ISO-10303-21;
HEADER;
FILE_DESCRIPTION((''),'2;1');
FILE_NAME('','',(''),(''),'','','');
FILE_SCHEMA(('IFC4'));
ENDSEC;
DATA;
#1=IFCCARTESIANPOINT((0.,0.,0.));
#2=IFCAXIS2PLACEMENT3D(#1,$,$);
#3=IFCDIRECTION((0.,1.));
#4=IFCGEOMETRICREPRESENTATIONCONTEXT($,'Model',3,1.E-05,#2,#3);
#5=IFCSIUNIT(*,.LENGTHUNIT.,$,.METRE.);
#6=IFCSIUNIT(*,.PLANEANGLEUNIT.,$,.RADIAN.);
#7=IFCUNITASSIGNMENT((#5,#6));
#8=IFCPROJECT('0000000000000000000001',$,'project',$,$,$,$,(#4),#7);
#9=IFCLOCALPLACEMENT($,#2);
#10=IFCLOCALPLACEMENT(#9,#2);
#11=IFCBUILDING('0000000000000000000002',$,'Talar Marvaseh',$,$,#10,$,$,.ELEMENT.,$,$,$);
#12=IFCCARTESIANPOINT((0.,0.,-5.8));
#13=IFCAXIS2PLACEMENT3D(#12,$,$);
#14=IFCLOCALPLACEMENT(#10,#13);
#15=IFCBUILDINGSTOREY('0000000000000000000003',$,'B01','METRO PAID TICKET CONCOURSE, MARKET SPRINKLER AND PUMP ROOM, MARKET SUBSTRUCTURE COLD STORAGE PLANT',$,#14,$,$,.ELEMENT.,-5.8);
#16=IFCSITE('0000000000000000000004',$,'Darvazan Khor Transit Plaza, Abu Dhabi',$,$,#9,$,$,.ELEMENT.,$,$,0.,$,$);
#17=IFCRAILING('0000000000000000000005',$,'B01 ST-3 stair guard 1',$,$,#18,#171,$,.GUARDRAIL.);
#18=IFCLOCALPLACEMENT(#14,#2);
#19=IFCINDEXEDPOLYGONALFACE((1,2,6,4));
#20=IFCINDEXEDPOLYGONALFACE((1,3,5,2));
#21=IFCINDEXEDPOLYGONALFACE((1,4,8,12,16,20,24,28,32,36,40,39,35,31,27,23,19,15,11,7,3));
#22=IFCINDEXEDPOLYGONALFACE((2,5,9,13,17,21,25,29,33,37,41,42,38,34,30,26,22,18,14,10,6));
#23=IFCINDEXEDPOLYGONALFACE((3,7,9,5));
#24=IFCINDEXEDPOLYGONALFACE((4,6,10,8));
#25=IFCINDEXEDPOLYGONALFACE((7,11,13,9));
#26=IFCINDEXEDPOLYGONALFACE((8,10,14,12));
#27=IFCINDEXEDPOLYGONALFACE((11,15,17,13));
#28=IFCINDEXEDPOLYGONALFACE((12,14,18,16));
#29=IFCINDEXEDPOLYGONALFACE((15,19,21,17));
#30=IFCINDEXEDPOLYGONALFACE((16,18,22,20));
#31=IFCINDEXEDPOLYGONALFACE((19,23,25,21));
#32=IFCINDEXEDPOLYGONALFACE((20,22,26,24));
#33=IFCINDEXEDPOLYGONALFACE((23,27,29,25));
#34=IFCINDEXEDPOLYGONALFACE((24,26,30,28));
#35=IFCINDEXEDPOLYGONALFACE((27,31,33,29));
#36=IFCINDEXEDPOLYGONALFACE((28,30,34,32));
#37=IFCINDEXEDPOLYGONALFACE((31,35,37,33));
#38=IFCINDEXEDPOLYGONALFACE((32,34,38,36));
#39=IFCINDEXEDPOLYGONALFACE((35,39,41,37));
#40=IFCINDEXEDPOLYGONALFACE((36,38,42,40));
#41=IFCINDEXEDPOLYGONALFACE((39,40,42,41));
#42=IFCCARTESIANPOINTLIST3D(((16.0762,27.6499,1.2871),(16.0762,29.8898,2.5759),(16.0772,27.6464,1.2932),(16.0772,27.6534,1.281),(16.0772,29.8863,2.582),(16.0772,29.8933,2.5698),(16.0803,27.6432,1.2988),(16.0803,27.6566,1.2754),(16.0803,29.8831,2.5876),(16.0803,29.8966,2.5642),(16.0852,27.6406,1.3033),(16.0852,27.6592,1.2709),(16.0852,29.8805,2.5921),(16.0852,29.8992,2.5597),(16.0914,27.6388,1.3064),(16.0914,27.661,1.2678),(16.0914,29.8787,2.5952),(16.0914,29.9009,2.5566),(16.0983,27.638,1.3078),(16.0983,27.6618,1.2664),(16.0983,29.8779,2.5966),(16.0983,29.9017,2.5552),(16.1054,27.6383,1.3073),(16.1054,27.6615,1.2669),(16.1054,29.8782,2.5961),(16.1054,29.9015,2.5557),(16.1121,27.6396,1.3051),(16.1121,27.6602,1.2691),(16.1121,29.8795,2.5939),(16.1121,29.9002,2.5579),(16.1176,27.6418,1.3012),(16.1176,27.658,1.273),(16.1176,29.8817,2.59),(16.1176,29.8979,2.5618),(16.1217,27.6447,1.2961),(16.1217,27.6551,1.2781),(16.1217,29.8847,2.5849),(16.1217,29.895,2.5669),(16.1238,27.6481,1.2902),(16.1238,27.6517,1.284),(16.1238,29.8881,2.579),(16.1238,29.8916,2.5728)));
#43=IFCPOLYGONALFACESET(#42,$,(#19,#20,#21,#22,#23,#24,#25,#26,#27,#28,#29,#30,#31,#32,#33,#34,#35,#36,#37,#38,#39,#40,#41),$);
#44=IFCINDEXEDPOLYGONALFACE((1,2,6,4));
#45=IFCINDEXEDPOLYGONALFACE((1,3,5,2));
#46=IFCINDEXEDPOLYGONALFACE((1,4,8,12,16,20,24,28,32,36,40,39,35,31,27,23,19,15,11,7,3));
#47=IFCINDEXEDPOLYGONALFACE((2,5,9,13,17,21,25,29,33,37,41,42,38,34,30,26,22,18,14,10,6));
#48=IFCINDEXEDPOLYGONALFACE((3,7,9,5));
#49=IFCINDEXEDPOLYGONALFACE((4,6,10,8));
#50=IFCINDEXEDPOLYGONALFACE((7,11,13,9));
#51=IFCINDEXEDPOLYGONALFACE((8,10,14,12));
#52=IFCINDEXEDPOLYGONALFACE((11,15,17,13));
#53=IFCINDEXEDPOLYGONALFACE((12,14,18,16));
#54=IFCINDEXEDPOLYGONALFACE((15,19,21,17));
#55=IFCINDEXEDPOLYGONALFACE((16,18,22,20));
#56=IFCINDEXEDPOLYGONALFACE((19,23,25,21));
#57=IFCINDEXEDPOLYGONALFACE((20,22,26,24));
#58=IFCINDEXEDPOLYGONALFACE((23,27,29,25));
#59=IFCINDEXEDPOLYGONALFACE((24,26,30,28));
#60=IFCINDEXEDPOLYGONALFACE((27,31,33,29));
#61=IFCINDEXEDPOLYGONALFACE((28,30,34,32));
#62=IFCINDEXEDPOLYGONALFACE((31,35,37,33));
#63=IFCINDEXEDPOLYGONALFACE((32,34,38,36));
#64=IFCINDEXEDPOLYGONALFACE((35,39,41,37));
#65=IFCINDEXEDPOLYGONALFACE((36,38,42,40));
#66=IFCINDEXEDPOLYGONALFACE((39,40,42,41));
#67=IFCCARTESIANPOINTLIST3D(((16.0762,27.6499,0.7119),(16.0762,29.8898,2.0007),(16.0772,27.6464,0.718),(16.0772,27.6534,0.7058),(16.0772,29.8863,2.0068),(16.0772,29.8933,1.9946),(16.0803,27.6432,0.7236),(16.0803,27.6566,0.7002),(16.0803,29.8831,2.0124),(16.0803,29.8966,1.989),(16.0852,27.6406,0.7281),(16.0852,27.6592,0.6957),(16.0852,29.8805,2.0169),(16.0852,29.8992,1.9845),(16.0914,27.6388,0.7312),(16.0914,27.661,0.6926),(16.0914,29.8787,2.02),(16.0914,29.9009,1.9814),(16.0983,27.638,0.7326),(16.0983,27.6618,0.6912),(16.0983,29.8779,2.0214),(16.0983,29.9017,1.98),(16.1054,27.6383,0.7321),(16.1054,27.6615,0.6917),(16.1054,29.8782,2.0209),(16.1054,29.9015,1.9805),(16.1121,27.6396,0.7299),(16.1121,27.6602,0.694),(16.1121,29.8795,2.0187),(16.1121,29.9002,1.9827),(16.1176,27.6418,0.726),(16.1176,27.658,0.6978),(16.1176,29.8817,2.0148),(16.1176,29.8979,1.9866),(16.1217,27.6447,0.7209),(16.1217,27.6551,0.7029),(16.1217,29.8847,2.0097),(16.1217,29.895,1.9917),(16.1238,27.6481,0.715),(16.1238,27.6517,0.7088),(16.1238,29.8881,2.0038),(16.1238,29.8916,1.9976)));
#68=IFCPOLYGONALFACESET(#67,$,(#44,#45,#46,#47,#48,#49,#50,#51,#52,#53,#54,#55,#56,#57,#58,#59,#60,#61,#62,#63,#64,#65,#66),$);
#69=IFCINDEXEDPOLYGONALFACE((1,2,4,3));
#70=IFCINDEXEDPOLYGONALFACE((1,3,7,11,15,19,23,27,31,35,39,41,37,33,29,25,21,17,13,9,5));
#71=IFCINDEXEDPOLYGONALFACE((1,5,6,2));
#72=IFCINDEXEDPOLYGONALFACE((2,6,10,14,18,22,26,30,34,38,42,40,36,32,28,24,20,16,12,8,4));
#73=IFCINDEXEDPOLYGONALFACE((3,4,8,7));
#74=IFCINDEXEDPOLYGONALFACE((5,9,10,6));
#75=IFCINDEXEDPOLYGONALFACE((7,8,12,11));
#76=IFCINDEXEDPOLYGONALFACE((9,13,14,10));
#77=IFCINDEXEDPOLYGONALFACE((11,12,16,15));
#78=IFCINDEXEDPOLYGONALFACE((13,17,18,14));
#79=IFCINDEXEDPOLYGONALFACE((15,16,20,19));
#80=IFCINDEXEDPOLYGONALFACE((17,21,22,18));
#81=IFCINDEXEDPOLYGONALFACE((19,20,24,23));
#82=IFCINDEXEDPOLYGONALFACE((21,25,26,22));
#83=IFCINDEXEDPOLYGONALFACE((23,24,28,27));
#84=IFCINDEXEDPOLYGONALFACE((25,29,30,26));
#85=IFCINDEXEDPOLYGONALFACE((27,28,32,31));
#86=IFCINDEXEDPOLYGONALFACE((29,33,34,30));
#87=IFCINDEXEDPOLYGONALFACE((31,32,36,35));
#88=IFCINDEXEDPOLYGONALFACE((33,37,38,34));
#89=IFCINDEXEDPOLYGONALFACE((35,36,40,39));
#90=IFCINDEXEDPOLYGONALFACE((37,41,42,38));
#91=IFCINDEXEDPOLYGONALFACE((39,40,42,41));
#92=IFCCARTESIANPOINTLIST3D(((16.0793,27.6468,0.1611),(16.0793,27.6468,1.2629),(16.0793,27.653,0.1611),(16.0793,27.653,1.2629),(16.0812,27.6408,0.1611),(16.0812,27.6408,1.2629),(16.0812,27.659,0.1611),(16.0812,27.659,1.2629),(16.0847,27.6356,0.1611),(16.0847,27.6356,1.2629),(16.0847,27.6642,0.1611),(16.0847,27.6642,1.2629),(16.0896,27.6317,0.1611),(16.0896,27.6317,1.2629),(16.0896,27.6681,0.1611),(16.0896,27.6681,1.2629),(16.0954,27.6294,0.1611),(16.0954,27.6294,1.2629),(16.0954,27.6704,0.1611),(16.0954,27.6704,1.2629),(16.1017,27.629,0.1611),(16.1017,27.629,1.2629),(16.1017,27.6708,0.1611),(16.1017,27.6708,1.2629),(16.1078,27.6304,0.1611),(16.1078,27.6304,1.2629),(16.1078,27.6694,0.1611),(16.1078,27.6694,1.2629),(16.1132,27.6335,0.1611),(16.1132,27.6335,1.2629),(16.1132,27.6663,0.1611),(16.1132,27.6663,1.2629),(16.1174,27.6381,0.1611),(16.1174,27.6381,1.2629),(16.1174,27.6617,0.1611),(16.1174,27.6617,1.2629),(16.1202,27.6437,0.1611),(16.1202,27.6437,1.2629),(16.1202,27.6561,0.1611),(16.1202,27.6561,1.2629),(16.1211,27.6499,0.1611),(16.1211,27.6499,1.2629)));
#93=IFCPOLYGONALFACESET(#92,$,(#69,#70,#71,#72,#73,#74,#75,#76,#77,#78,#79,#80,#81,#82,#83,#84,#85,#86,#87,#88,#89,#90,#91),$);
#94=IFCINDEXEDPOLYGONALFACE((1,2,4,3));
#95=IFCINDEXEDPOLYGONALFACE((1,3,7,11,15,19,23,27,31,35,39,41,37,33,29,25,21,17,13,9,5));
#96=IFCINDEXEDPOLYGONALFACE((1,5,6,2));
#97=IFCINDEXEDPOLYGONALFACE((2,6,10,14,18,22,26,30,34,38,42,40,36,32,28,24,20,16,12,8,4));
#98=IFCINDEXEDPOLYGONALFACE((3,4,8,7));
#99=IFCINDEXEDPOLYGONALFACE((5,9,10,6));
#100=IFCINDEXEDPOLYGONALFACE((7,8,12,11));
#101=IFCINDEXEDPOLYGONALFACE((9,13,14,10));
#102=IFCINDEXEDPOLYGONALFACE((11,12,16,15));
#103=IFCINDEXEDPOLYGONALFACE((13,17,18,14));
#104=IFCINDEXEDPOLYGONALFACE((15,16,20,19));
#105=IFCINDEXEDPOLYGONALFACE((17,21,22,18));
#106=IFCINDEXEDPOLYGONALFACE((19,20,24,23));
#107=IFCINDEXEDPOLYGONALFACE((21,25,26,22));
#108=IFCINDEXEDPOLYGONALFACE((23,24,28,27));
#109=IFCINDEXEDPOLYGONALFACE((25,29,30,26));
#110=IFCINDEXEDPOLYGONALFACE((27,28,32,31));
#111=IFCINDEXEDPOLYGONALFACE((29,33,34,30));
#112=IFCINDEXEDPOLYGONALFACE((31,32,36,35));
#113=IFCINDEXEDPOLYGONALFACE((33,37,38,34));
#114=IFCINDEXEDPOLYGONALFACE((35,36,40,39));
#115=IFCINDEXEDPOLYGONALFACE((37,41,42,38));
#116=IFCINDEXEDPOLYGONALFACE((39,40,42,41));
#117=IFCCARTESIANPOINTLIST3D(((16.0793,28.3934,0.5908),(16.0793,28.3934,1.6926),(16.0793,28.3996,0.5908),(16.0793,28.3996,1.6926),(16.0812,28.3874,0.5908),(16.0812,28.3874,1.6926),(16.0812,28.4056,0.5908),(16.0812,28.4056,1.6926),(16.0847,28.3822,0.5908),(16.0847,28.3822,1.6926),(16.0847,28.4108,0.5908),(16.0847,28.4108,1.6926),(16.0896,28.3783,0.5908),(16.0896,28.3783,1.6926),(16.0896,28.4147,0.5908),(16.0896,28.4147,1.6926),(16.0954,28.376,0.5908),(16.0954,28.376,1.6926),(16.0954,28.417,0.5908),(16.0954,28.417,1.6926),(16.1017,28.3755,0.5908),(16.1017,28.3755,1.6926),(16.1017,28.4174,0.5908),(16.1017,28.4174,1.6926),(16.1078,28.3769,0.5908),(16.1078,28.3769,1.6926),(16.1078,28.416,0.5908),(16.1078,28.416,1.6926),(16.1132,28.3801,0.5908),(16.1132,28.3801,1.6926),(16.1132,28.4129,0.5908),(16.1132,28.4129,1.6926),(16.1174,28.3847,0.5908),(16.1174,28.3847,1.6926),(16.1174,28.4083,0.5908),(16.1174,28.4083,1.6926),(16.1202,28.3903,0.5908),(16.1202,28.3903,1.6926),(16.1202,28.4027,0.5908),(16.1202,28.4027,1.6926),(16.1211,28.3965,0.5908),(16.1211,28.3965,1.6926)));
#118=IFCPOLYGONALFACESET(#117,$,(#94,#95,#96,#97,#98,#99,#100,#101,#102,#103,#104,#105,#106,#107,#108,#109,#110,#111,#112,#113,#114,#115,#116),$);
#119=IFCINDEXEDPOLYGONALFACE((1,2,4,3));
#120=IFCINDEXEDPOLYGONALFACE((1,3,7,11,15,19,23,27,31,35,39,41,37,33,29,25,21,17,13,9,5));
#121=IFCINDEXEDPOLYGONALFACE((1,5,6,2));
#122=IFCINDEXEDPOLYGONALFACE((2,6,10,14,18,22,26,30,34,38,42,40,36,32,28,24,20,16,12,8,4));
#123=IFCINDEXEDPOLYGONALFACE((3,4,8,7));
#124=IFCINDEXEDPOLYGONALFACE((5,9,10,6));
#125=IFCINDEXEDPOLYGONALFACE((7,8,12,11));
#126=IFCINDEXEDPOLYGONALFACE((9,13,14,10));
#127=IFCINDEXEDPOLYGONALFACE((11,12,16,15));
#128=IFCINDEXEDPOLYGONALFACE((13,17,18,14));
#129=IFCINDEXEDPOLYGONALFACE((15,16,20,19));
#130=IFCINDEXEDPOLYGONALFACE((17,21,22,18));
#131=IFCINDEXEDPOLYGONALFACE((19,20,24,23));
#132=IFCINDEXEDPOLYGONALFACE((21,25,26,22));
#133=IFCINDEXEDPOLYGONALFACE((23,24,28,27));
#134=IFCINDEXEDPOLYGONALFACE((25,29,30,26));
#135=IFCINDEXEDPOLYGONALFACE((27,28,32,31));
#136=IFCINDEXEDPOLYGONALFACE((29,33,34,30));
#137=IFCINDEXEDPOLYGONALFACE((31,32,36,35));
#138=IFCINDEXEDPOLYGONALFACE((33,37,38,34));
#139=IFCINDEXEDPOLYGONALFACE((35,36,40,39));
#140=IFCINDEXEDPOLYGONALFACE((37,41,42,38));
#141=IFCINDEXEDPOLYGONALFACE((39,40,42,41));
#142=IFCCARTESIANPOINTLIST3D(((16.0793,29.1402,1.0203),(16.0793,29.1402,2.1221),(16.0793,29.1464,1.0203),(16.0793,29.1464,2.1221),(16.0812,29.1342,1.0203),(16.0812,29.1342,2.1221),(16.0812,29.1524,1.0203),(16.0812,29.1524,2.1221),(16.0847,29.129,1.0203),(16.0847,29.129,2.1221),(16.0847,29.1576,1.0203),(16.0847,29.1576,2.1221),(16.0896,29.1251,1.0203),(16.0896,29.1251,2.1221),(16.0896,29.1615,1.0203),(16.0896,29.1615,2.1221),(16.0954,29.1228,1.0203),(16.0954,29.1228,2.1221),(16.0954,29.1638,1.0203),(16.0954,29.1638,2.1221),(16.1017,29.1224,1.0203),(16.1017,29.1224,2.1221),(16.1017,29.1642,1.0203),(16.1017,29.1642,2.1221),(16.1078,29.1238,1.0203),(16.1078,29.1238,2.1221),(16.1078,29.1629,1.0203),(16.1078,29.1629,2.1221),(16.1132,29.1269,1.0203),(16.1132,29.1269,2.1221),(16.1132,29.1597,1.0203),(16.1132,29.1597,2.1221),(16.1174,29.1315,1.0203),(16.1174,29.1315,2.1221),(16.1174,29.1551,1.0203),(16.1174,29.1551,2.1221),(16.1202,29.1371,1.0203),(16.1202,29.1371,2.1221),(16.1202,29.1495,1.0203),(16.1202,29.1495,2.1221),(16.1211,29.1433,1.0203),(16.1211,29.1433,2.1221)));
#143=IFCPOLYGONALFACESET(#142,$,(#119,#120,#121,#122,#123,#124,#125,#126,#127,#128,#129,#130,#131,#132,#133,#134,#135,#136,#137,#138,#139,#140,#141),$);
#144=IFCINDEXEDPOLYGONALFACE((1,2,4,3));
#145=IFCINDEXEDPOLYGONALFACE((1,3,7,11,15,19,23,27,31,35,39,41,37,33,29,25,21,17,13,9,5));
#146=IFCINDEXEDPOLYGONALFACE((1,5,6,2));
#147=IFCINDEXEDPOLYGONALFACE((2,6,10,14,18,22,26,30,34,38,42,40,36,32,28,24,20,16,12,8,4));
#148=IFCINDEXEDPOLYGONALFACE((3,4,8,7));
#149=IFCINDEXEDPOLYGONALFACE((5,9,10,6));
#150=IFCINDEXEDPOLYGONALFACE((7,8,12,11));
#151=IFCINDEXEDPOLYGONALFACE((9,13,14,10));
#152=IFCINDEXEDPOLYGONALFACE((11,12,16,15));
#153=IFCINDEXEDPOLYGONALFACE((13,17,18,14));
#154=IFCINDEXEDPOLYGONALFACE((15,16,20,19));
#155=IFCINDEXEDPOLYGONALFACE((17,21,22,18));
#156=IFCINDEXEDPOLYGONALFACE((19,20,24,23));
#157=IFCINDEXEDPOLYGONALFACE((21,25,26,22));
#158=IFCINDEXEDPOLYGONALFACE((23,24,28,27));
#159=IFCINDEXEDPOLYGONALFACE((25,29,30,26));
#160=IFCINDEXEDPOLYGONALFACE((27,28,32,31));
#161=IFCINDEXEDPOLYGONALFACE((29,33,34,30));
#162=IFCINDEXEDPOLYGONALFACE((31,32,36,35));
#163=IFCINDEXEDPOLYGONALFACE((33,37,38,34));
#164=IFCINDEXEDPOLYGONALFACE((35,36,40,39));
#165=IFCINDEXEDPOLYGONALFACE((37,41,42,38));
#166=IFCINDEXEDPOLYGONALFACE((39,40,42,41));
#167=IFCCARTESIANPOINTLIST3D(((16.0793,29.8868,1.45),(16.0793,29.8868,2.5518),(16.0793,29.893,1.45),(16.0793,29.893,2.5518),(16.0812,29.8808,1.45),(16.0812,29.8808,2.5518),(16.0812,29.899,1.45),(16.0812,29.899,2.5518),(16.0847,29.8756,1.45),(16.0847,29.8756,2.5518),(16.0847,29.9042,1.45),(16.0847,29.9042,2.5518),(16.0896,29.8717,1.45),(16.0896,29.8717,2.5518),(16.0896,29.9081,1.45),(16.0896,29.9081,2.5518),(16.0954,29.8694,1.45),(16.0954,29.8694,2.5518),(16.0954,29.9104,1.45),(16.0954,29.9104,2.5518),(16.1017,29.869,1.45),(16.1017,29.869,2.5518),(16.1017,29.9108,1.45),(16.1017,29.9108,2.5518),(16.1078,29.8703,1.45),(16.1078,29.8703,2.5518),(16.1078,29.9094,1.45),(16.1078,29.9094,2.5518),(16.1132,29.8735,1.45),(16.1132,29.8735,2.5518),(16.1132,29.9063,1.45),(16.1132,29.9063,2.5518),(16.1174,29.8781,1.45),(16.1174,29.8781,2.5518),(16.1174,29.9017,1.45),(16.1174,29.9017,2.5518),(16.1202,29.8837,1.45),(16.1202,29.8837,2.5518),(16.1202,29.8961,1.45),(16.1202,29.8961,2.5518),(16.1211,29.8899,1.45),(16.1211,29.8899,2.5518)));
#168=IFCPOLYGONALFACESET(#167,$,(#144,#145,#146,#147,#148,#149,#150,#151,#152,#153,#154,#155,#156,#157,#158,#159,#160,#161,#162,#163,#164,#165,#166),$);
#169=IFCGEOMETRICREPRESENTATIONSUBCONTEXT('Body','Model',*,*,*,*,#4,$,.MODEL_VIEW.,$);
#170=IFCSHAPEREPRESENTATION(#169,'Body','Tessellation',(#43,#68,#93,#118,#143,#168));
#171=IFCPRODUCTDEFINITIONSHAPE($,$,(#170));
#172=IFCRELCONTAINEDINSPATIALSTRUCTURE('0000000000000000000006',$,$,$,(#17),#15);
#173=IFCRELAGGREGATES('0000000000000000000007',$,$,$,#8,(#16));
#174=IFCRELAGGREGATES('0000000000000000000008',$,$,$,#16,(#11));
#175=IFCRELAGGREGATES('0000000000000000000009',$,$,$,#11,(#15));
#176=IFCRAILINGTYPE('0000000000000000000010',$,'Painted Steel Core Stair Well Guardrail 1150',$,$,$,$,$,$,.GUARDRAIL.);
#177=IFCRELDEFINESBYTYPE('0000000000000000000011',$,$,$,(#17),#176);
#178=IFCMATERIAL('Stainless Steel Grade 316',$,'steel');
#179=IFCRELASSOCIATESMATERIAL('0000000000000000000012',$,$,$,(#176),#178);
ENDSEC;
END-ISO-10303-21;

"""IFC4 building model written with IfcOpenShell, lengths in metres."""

from ifc_helpers import new_model, si_unit, direction, frame, origin, origin_2d, place, context, subcontext, project, spatial, circle, extrude, material, type_object, element, save


model = new_model("IFC4")

# Units and contexts
model_context = context("Model", 3, precision=1e-05, world=origin(), true_north=direction((0.0, 1.0)))
body_context = subcontext(model_context, "Body", "Model", "MODEL_VIEW")
ifc_project = project(units=[si_unit("LENGTHUNIT", "METRE"), si_unit("PLANEANGLEUNIT", "RADIAN")], contexts=[model_context])

# Site, building, storey
site_placement = place(None, origin())
site = spatial("IfcSite", under=ifc_project, at=site_placement, Name="Darvazan Khor Transit Plaza, Abu Dhabi", CompositionType="ELEMENT", RefElevation=0.0)
building_placement = place(site_placement, origin())
building = spatial("IfcBuilding", under=site, at=building_placement, Name="Talar Marvaseh", CompositionType="ELEMENT")
storey_placement = place(building_placement, frame((0.0, 0.0, -5.8)))
storey = spatial("IfcBuildingStorey", under=building, at=storey_placement, Name="B01", Description="METRO PAID TICKET CONCOURSE, MARKET SPRINKLER AND PUMP ROOM, MARKET SUBSTRUCTURE COLD STORAGE PLANT", CompositionType="ELEMENT", Elevation=-5.8)

# Railing
ifc_material_1 = material(Name="Stainless Steel Grade 316", Category="steel")
railing_type_1 = type_object("IfcRailingType", Name="Painted Steel Core Stair Well Guardrail 1150", PredefinedType="GUARDRAIL", material=ifc_material_1)
railing_1_placement = place(storey_placement, frame((16.1001, 27.6499, 0.1611)))
element("IfcRailing", 1, at=railing_1_placement, inside=storey, type_object=railing_type_1, Name="B01 ST-3 stair guard 1", PredefinedType="GUARDRAIL", context=body_context, shape_type="SweptSolid", body=[
    extrude(circle(Radius=0.0239, at=origin_2d()), frame((0.0, 0.0, 1.126), z_axis=(0.0, 0.866768, 0.498711), x_axis=(-1.0, 0.0, 0.0)), (0.0, 0.0, 1.0), 2.5842),
    extrude(circle(Radius=0.0239, at=origin_2d()), frame((0.0, 0.0, 0.5508), z_axis=(0.0, 0.866768, 0.498711), x_axis=(-1.0, 0.0, 0.0)), (0.0, 0.0, 1.0), 2.5842),
    extrude(circle(Radius=0.021, at=origin_2d()), origin(), (0.0, 0.0, 1.0), 1.1018),
    extrude(circle(Radius=0.021, at=origin_2d()), frame((0.0, 0.7466, 0.4297)), (0.0, 0.0, 1.0), 1.1018),
    extrude(circle(Radius=0.021, at=origin_2d()), frame((0.0, 1.4934, 0.8591)), (0.0, 0.0, 1.0), 1.1018),
    extrude(circle(Radius=0.021, at=origin_2d()), frame((0.0, 2.24, 1.2888)), (0.0, 0.0, 1.0), 1.1018),
])

save(model, "model.ifc")
